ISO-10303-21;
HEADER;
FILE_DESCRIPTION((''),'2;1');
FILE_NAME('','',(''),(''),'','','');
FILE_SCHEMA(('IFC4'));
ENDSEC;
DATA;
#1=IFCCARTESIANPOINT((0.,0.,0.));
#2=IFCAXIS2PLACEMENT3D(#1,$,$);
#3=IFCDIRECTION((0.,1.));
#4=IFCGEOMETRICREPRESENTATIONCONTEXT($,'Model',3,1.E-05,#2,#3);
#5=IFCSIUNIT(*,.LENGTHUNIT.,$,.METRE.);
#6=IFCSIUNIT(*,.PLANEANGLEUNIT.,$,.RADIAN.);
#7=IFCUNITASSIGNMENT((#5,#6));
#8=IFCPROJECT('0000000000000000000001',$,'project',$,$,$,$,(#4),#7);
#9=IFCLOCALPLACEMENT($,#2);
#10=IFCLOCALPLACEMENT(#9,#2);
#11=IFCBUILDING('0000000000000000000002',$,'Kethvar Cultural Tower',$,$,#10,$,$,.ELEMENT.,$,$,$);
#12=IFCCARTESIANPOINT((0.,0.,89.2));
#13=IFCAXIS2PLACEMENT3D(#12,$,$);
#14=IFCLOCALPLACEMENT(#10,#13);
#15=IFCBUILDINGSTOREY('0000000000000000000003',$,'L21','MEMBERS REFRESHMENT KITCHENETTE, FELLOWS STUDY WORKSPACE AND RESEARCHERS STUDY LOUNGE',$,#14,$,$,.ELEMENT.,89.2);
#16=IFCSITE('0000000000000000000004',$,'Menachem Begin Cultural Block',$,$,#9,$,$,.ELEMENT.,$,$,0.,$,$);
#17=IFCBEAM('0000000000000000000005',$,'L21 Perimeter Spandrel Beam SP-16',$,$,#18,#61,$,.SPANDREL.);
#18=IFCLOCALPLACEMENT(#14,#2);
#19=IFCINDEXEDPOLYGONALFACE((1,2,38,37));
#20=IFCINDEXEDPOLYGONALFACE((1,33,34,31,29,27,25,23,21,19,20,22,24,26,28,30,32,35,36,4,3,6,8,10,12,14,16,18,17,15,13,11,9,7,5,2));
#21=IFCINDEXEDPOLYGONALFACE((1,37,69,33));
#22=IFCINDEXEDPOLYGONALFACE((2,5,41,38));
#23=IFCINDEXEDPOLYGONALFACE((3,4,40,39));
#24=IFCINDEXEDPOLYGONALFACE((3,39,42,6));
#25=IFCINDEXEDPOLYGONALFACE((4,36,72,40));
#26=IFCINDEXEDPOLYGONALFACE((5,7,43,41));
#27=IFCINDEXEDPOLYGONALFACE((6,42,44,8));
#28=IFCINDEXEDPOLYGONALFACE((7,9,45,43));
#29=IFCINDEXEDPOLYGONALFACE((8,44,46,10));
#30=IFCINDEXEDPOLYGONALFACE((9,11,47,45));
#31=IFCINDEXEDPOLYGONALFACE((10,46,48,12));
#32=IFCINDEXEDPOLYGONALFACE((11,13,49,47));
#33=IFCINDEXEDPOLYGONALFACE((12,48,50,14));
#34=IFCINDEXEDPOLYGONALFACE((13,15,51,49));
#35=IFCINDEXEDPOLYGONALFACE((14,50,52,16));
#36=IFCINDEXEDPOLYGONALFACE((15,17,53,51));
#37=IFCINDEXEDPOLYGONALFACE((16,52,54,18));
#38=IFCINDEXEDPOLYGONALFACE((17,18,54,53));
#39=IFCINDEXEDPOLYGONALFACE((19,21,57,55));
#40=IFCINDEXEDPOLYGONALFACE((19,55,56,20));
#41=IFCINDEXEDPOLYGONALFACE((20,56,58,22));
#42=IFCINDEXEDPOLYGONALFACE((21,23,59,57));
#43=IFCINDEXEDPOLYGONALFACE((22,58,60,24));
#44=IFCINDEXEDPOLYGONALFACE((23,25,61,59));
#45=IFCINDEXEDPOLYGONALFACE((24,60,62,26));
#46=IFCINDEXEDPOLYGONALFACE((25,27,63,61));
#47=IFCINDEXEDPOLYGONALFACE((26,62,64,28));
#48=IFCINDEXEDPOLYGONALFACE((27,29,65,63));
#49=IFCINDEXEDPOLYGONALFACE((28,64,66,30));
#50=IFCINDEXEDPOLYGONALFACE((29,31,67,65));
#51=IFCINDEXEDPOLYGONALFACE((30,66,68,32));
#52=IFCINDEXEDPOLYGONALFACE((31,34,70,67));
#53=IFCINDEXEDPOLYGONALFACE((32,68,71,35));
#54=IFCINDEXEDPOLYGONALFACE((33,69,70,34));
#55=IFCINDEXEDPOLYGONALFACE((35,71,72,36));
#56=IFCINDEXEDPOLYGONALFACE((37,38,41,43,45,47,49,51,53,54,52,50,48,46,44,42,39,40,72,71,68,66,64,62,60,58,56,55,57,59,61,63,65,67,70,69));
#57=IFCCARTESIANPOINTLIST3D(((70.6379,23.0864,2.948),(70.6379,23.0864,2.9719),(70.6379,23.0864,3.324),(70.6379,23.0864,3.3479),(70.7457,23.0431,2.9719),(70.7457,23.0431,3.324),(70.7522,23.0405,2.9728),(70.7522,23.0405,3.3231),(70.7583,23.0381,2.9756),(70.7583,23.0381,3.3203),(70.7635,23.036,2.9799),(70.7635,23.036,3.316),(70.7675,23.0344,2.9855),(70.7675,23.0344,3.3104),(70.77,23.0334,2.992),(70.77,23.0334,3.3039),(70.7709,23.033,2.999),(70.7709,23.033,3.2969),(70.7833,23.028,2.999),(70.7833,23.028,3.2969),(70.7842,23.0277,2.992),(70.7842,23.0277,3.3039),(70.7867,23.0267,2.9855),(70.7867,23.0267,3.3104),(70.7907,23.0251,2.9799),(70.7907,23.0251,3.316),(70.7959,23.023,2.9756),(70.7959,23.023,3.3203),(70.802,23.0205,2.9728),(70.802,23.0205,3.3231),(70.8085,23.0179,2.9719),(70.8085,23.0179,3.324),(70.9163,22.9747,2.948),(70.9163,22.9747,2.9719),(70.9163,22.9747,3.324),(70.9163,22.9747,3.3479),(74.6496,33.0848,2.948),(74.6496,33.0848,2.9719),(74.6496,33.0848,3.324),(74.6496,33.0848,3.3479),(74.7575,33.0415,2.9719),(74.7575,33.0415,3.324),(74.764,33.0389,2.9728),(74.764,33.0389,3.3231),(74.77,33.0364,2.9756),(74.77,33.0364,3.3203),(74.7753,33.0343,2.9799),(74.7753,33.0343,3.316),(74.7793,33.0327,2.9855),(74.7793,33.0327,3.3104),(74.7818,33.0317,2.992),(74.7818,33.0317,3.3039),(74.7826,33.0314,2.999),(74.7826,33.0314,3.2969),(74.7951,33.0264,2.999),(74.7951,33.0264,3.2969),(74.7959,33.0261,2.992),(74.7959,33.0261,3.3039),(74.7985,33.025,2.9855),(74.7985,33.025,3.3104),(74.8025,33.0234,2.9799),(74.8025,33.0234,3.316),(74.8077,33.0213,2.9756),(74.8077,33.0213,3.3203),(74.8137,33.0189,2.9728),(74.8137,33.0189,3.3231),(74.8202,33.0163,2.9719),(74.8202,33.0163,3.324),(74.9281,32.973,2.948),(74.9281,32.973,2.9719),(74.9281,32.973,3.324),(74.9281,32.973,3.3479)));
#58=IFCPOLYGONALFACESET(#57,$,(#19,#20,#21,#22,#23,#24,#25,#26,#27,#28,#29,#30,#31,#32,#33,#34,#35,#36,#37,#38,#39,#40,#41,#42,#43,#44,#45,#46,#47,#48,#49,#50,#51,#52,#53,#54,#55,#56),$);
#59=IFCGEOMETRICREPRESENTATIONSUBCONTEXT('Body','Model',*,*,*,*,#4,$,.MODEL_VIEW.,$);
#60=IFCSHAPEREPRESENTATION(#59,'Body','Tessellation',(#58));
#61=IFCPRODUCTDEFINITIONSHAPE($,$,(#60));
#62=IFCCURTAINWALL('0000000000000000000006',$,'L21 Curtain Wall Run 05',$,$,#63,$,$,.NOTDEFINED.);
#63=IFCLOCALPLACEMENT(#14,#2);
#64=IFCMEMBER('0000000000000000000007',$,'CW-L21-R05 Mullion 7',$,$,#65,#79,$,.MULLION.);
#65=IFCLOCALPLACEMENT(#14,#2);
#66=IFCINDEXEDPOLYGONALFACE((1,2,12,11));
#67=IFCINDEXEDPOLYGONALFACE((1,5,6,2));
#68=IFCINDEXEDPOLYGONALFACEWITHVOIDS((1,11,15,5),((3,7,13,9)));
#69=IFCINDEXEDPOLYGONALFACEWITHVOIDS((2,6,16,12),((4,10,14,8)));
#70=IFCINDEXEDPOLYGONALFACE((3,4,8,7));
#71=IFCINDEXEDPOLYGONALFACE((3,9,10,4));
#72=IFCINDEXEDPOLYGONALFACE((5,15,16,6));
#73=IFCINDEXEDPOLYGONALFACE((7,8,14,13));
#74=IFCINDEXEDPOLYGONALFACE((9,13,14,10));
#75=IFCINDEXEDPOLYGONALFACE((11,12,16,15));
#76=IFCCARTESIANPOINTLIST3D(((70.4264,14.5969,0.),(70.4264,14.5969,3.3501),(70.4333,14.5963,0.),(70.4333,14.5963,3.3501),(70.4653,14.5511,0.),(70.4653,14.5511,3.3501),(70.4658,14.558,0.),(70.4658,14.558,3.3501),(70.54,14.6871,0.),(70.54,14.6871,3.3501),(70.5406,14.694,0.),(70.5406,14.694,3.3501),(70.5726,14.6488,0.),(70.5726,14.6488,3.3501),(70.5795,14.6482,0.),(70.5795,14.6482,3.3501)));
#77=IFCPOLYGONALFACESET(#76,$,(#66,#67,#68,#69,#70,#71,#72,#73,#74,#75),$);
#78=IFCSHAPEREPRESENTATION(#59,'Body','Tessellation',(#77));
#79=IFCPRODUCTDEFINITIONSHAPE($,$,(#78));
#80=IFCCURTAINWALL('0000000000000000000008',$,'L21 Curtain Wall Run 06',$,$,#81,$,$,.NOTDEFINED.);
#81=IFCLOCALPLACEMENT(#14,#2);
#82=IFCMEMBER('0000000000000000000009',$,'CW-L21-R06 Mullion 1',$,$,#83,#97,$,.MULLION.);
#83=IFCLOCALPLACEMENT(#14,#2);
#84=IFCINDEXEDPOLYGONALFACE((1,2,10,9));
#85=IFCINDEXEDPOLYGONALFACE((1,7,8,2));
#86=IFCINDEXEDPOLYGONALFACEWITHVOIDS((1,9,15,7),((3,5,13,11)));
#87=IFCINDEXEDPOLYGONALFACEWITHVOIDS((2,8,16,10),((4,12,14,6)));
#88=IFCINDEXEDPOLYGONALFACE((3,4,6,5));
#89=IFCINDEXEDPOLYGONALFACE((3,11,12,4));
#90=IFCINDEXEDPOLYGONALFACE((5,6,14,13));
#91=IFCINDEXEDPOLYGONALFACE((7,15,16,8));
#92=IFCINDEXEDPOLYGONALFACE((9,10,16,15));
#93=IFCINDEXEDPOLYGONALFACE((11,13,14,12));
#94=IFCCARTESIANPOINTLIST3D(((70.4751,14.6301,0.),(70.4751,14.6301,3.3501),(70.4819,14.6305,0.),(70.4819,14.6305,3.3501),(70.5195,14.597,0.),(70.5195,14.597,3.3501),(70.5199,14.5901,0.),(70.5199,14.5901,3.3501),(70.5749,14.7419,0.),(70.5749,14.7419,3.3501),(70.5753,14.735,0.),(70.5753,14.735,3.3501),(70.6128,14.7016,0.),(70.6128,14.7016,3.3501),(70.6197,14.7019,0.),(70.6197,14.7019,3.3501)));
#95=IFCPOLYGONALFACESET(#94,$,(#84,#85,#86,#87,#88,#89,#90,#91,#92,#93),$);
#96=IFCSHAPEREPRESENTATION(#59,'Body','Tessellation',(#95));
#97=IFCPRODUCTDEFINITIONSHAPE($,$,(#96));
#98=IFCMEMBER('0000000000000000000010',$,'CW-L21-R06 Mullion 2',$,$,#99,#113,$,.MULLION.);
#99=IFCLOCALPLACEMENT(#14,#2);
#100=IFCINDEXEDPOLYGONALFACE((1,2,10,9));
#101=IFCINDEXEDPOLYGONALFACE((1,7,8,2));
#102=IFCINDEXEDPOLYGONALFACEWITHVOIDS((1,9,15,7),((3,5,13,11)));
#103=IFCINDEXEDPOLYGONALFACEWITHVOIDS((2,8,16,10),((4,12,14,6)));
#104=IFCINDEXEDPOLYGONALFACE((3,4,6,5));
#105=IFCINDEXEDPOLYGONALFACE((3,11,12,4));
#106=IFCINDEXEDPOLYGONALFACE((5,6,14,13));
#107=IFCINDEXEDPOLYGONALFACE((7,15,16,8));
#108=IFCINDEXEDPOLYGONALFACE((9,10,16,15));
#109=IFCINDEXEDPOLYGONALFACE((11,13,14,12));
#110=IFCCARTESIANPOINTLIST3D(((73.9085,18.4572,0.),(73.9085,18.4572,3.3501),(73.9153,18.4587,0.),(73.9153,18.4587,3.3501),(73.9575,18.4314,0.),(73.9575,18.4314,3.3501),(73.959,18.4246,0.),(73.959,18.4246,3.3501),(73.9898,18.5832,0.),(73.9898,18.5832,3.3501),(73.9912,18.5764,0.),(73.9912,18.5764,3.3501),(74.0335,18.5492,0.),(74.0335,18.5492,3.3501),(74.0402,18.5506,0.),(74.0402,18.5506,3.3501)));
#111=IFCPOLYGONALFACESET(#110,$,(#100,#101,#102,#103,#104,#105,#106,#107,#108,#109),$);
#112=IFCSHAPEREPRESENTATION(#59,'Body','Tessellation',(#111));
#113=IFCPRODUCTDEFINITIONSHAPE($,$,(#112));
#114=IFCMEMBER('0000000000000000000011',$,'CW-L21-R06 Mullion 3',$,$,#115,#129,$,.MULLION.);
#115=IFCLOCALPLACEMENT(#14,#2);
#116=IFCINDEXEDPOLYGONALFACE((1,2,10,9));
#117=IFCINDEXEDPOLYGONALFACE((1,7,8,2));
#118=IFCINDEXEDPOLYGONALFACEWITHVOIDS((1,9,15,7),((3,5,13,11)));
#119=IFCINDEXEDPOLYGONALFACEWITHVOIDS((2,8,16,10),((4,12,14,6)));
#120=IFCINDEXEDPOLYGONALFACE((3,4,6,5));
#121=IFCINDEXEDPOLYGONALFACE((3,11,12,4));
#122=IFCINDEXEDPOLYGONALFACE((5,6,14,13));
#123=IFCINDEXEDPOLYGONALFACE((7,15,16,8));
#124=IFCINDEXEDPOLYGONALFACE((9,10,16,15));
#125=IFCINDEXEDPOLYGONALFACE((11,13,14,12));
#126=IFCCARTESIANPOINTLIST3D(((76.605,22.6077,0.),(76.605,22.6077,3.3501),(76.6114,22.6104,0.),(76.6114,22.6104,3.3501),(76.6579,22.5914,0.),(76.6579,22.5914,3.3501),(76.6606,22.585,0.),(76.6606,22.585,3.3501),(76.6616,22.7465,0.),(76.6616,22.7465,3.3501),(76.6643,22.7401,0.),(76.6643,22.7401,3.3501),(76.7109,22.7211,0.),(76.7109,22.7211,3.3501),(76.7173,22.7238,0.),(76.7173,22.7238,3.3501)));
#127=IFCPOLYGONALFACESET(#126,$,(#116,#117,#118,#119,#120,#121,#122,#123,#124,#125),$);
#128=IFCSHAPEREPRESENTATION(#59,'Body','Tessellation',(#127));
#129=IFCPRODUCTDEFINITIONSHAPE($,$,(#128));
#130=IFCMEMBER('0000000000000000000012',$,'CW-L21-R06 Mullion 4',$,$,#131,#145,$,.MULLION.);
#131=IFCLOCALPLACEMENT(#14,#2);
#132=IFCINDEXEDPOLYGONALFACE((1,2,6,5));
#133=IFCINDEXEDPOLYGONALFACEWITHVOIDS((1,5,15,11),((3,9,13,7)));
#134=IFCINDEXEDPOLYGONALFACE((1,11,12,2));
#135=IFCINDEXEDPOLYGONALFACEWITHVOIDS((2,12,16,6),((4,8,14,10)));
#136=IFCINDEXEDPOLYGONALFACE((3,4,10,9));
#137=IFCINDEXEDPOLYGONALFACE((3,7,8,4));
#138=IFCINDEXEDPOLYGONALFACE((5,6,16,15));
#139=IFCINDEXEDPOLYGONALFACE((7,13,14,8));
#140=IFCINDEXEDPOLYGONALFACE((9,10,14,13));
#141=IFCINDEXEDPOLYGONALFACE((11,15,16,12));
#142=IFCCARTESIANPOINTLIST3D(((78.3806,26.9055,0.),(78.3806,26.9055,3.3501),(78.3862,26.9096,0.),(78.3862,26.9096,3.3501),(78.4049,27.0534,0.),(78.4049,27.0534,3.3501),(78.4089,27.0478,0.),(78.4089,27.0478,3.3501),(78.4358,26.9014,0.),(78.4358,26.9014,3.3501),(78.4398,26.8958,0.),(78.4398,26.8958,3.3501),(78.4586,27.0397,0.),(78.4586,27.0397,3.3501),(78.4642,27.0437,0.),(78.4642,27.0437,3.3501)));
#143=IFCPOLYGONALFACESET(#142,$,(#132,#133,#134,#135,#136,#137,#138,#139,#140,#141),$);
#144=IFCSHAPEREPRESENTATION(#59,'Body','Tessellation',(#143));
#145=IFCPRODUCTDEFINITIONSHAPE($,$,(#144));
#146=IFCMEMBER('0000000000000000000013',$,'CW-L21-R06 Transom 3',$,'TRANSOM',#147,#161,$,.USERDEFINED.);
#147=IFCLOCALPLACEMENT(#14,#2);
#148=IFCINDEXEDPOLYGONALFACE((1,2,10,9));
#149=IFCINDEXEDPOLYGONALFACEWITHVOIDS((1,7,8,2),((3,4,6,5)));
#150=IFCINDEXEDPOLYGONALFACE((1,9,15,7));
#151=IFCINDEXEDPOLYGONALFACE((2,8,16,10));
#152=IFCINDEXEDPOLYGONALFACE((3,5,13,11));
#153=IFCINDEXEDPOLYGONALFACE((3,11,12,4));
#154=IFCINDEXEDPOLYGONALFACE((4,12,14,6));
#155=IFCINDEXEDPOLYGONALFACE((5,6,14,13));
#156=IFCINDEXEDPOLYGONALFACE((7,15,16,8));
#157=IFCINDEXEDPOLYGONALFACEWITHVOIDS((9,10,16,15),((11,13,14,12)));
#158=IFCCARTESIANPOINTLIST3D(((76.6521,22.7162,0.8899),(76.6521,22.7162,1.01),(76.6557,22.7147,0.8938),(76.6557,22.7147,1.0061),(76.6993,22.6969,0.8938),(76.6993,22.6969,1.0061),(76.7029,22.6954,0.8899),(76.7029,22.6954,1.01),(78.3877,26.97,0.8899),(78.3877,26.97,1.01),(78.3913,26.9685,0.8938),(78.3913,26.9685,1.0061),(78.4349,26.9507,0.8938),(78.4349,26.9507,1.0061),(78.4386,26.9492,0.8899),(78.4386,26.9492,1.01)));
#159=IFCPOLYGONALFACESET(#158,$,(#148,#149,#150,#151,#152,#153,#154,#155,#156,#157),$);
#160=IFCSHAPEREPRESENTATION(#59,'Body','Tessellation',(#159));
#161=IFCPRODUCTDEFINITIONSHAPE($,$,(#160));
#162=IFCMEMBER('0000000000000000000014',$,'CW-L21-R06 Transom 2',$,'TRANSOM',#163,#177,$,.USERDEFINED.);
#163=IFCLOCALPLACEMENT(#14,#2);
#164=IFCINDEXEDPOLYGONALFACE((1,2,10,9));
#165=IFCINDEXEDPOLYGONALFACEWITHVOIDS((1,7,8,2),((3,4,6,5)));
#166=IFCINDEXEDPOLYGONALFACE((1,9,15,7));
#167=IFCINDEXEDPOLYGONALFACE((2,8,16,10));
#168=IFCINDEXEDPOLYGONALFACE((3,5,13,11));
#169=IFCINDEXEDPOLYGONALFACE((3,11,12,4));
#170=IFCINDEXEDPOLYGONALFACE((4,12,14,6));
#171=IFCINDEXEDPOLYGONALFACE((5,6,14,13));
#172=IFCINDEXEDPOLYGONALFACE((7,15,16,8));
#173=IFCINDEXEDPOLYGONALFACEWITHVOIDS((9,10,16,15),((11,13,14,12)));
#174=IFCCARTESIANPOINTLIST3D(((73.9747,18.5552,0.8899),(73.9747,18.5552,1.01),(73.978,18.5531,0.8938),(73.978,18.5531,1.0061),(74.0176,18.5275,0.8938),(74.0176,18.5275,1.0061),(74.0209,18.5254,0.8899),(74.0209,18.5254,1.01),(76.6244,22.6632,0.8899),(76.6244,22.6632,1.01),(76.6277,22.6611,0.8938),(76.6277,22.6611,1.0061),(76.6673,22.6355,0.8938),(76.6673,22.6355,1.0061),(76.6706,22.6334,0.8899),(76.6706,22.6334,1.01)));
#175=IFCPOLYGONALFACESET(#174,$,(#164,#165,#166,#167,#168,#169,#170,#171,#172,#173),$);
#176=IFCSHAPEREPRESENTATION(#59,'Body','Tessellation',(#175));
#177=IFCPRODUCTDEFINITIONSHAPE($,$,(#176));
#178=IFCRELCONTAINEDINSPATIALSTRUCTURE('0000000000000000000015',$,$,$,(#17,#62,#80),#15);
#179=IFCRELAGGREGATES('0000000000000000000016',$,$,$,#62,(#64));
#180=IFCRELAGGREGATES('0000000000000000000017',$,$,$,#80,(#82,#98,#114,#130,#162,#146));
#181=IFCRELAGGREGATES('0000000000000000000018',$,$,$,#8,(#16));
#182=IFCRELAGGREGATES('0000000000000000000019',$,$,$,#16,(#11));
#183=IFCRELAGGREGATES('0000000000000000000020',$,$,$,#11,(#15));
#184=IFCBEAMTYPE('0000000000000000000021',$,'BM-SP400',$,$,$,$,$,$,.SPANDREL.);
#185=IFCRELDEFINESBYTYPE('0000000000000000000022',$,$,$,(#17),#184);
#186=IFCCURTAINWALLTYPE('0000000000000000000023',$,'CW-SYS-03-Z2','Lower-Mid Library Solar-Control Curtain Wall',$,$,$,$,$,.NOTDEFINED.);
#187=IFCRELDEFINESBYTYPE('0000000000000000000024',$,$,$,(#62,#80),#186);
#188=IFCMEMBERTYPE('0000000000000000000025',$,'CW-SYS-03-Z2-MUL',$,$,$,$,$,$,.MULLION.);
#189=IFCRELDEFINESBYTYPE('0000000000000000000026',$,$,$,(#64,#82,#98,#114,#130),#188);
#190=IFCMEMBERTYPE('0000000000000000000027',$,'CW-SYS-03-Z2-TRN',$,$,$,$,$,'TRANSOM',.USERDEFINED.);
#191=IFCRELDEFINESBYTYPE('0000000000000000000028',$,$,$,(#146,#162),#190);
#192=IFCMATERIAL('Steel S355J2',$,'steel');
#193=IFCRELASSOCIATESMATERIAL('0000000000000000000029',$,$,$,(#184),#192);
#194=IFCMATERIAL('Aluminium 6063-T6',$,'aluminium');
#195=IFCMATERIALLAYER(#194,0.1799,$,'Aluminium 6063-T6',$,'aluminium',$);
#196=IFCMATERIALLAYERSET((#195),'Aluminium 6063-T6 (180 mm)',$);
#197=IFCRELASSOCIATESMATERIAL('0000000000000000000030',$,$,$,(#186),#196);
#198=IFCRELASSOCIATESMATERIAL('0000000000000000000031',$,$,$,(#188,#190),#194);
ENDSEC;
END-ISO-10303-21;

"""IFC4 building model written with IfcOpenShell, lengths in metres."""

from ifc_helpers import new_model, si_unit, direction, frame, origin, origin_2d, place, context, subcontext, project, spatial, hollow_rectangle, i_section, extrude, source, transform, mapped, material, layer, layer_set, material_profile, profile_set, type_object, element, aggregate, save


model = new_model("IFC4")

# Units and contexts
model_context = context("Model", 3, precision=1e-05, world=origin(), true_north=direction((0.0, 1.0)))
body_context = subcontext(model_context, "Body", "Model", "MODEL_VIEW")
ifc_project = project(units=[si_unit("LENGTHUNIT", "METRE"), si_unit("PLANEANGLEUNIT", "RADIAN")], contexts=[model_context])

# Site, building, storey
site_placement = place(None, origin())
site = spatial("IfcSite", under=ifc_project, at=site_placement, Name="Menachem Begin Cultural Block", CompositionType="ELEMENT", RefElevation=0.0)
building_placement = place(site_placement, origin())
building = spatial("IfcBuilding", under=site, at=building_placement, Name="Kethvar Cultural Tower", CompositionType="ELEMENT")
storey_placement = place(building_placement, frame((0.0, 0.0, 89.2)))
storey = spatial("IfcBuildingStorey", under=building, at=storey_placement, Name="L21", Description="MEMBERS REFRESHMENT KITCHENETTE, FELLOWS STUDY WORKSPACE AND RESEARCHERS STUDY LOUNGE", CompositionType="ELEMENT", Elevation=89.2)

# Beam
ifc_material_1 = material(Name="Steel S355J2", Category="steel")
ifc_material_profile_1 = material_profile(ifc_material_1, i_section(OverallWidth=0.3, OverallDepth=0.3999, WebThickness=0.0134, FlangeThickness=0.0239, FilletRadius=0.0271, at=origin_2d()), Name="Steel S355J2 — HEB400")
ifc_profile_set_1 = profile_set([ifc_material_profile_1], Name="Steel S355J2 — HEB400")
beam_type_1 = type_object("IfcBeamType", Name="BM-SP400", PredefinedType="SPANDREL", material=ifc_profile_set_1)
shared_shape_1 = source(origin(), body_context, "Body", "SweptSolid", [
    extrude(i_section(OverallWidth=0.3, OverallDepth=0.3999, WebThickness=0.0134, FlangeThickness=0.0239, FilletRadius=0.0271, at=origin_2d()), origin(), (0.0, 0.0, 1.0), 10.7732),
])
beam_1_placement = place(storey_placement, frame((70.7771, 23.0305, 3.1479), z_axis=(0.372383, 0.928079, 0.0), x_axis=(-0.928079, 0.372383, 0.0)))
element("IfcBeam", 1, at=beam_1_placement, inside=storey, type_object=beam_type_1, Name="L21 Perimeter Spandrel Beam SP-16", PredefinedType="SPANDREL", context=body_context, shape_type="MappedRepresentation", body=[
    mapped(shared_shape_1, transform((0.0, 0.0, 0.0), scale=1.0)),
])

# Curtain wall, member
ifc_material_2 = material(Name="Aluminium 6063-T6", Category="aluminium")
ifc_layer_1 = layer(ifc_material_2, 0.1799, Name="Aluminium 6063-T6", Category="aluminium")
ifc_layer_set_1 = layer_set([ifc_layer_1], Name="Aluminium 6063-T6 (180 mm)")
curtain_wall_type = type_object("IfcCurtainWallType", Name="CW-SYS-03-Z2", Description="Lower-Mid Library Solar-Control Curtain Wall", PredefinedType="NOTDEFINED", material=ifc_layer_set_1)
curtain_wall_1_placement = place(storey_placement, origin())
curtain_wall_1 = element("IfcCurtainWall", 2, at=curtain_wall_1_placement, inside=storey, type_object=curtain_wall_type, Name="L21 Curtain Wall Run 05", PredefinedType="NOTDEFINED")
ifc_material_profile_2 = material_profile(ifc_material_2, hollow_rectangle(XDim=0.0601, YDim=0.1499, WallThickness=0.0049, at=origin_2d()), Name="Aluminium 6063-T6 — RHS150x60x5")
ifc_profile_set_2 = profile_set([ifc_material_profile_2], Name="Aluminium 6063-T6 — RHS150x60x5")
member_type_1 = type_object("IfcMemberType", Name="CW-SYS-03-Z2-MUL", PredefinedType="MULLION", material=ifc_profile_set_2)
shared_shape_2 = source(origin(), body_context, "Body", "SweptSolid", [
    extrude(hollow_rectangle(XDim=0.0601, YDim=0.1499, WallThickness=0.0049, at=origin_2d()), origin(), (0.0, 0.0, 1.0), 3.3501),
])
member_1_placement = place(storey_placement, frame((70.5029, 14.6226, 0.0), z_axis=(0.0, 0.0, 1.0), x_axis=(-0.647774, 0.761832, 0.0)))
member_1 = element("IfcMember", 3, at=member_1_placement, type_object=member_type_1, Name="CW-L21-R05 Mullion 7", PredefinedType="MULLION", context=body_context, shape_type="MappedRepresentation", body=[
    mapped(shared_shape_2, transform((0.0, 0.0, 0.0), scale=1.0)),
])

# Curtain wall, members
curtain_wall_2_placement = place(storey_placement, origin())
curtain_wall_2 = element("IfcCurtainWall", 4, at=curtain_wall_2_placement, inside=storey, type_object=curtain_wall_type, Name="L21 Curtain Wall Run 06", PredefinedType="NOTDEFINED")
member_2_placement = place(storey_placement, frame((70.5474, 14.666, 0.0), z_axis=(0.0, 0.0, 1.0), x_axis=(-0.746127, 0.665804, 0.0)))
member_2 = element("IfcMember", 5, at=member_2_placement, type_object=member_type_1, Name="CW-L21-R06 Mullion 1", PredefinedType="MULLION", context=body_context, shape_type="MappedRepresentation", body=[
    mapped(shared_shape_2, transform((0.0, 0.0, 0.0), scale=1.0)),
])
member_3_placement = place(storey_placement, frame((73.9744, 18.5039, 0.0), z_axis=(0.0, 0.0, 1.0), x_axis=(-0.84034, 0.54206, 0.0)))
member_3 = element("IfcMember", 6, at=member_3_placement, type_object=member_type_1, Name="CW-L21-R06 Mullion 2", PredefinedType="MULLION", context=body_context, shape_type="MappedRepresentation", body=[
    mapped(shared_shape_2, transform((0.0, 0.0, 0.0), scale=1.0)),
])
member_4_placement = place(storey_placement, frame((76.6611, 22.6658, 0.0), z_axis=(0.0, 0.0, 1.0), x_axis=(-0.92589, 0.377792, 0.0)))
member_4 = element("IfcMember", 7, at=member_4_placement, type_object=member_type_1, Name="CW-L21-R06 Mullion 3", PredefinedType="MULLION", context=body_context, shape_type="MappedRepresentation", body=[
    mapped(shared_shape_2, transform((0.0, 0.0, 0.0), scale=1.0)),
])
member_5_placement = place(storey_placement, frame((78.4224, 26.9746, 0.0), z_axis=(0.0, 0.0, 1.0), x_axis=(-0.986706, 0.162517, 0.0)))
member_5 = element("IfcMember", 8, at=member_5_placement, type_object=member_type_1, Name="CW-L21-R06 Mullion 4", PredefinedType="MULLION", context=body_context, shape_type="MappedRepresentation", body=[
    mapped(shared_shape_2, transform((0.0, 0.0, 0.0), scale=1.0)),
])
ifc_material_profile_3 = material_profile(ifc_material_2, hollow_rectangle(XDim=0.0549, YDim=0.1201, WallThickness=0.0039, at=origin_2d()), Name="Aluminium 6063-T6 — RHS120x55x4")
ifc_profile_set_3 = profile_set([ifc_material_profile_3], Name="Aluminium 6063-T6 — RHS120x55x4")
member_type_2 = type_object("IfcMemberType", Name="CW-SYS-03-Z2-TRN", ElementType="TRANSOM", PredefinedType="USERDEFINED", material=ifc_profile_set_3)
shared_shape_3 = source(origin(), body_context, "Body", "SweptSolid", [
    extrude(hollow_rectangle(XDim=0.0549, YDim=0.1201, WallThickness=0.0039, at=origin_2d()), origin(), (0.0, 0.0, 1.0), 4.5942),
])
member_6_placement = place(storey_placement, frame((76.6775, 22.7058, 0.95), z_axis=(0.377786, 0.925893, 0.0), x_axis=(-0.925893, 0.377786, 0.0)))
member_6 = element("IfcMember", 9, at=member_6_placement, type_object=member_type_2, Name="CW-L21-R06 Transom 3", ObjectType="TRANSOM", PredefinedType="USERDEFINED", context=body_context, shape_type="MappedRepresentation", body=[
    mapped(shared_shape_3, transform((0.0, 0.0, 0.0), scale=1.0)),
])
shared_shape_4 = source(origin(), body_context, "Body", "SweptSolid", [
    extrude(hollow_rectangle(XDim=0.0549, YDim=0.1201, WallThickness=0.0039, at=origin_2d()), origin(), (0.0, 0.0, 1.0), 4.8884),
])
member_7_placement = place(storey_placement, frame((73.9978, 18.5403, 0.95), z_axis=(0.542039, 0.840353, 0.0), x_axis=(-0.840353, 0.542039, 0.0)))
member_7 = element("IfcMember", 10, at=member_7_placement, type_object=member_type_2, Name="CW-L21-R06 Transom 2", ObjectType="TRANSOM", PredefinedType="USERDEFINED", context=body_context, shape_type="MappedRepresentation", body=[
    mapped(shared_shape_4, transform((0.0, 0.0, 0.0), scale=1.0)),
])

aggregate(curtain_wall_1, [member_1])
aggregate(curtain_wall_2, [member_2, member_3, member_4, member_5, member_7, member_6])

save(model, "model.ifc")
